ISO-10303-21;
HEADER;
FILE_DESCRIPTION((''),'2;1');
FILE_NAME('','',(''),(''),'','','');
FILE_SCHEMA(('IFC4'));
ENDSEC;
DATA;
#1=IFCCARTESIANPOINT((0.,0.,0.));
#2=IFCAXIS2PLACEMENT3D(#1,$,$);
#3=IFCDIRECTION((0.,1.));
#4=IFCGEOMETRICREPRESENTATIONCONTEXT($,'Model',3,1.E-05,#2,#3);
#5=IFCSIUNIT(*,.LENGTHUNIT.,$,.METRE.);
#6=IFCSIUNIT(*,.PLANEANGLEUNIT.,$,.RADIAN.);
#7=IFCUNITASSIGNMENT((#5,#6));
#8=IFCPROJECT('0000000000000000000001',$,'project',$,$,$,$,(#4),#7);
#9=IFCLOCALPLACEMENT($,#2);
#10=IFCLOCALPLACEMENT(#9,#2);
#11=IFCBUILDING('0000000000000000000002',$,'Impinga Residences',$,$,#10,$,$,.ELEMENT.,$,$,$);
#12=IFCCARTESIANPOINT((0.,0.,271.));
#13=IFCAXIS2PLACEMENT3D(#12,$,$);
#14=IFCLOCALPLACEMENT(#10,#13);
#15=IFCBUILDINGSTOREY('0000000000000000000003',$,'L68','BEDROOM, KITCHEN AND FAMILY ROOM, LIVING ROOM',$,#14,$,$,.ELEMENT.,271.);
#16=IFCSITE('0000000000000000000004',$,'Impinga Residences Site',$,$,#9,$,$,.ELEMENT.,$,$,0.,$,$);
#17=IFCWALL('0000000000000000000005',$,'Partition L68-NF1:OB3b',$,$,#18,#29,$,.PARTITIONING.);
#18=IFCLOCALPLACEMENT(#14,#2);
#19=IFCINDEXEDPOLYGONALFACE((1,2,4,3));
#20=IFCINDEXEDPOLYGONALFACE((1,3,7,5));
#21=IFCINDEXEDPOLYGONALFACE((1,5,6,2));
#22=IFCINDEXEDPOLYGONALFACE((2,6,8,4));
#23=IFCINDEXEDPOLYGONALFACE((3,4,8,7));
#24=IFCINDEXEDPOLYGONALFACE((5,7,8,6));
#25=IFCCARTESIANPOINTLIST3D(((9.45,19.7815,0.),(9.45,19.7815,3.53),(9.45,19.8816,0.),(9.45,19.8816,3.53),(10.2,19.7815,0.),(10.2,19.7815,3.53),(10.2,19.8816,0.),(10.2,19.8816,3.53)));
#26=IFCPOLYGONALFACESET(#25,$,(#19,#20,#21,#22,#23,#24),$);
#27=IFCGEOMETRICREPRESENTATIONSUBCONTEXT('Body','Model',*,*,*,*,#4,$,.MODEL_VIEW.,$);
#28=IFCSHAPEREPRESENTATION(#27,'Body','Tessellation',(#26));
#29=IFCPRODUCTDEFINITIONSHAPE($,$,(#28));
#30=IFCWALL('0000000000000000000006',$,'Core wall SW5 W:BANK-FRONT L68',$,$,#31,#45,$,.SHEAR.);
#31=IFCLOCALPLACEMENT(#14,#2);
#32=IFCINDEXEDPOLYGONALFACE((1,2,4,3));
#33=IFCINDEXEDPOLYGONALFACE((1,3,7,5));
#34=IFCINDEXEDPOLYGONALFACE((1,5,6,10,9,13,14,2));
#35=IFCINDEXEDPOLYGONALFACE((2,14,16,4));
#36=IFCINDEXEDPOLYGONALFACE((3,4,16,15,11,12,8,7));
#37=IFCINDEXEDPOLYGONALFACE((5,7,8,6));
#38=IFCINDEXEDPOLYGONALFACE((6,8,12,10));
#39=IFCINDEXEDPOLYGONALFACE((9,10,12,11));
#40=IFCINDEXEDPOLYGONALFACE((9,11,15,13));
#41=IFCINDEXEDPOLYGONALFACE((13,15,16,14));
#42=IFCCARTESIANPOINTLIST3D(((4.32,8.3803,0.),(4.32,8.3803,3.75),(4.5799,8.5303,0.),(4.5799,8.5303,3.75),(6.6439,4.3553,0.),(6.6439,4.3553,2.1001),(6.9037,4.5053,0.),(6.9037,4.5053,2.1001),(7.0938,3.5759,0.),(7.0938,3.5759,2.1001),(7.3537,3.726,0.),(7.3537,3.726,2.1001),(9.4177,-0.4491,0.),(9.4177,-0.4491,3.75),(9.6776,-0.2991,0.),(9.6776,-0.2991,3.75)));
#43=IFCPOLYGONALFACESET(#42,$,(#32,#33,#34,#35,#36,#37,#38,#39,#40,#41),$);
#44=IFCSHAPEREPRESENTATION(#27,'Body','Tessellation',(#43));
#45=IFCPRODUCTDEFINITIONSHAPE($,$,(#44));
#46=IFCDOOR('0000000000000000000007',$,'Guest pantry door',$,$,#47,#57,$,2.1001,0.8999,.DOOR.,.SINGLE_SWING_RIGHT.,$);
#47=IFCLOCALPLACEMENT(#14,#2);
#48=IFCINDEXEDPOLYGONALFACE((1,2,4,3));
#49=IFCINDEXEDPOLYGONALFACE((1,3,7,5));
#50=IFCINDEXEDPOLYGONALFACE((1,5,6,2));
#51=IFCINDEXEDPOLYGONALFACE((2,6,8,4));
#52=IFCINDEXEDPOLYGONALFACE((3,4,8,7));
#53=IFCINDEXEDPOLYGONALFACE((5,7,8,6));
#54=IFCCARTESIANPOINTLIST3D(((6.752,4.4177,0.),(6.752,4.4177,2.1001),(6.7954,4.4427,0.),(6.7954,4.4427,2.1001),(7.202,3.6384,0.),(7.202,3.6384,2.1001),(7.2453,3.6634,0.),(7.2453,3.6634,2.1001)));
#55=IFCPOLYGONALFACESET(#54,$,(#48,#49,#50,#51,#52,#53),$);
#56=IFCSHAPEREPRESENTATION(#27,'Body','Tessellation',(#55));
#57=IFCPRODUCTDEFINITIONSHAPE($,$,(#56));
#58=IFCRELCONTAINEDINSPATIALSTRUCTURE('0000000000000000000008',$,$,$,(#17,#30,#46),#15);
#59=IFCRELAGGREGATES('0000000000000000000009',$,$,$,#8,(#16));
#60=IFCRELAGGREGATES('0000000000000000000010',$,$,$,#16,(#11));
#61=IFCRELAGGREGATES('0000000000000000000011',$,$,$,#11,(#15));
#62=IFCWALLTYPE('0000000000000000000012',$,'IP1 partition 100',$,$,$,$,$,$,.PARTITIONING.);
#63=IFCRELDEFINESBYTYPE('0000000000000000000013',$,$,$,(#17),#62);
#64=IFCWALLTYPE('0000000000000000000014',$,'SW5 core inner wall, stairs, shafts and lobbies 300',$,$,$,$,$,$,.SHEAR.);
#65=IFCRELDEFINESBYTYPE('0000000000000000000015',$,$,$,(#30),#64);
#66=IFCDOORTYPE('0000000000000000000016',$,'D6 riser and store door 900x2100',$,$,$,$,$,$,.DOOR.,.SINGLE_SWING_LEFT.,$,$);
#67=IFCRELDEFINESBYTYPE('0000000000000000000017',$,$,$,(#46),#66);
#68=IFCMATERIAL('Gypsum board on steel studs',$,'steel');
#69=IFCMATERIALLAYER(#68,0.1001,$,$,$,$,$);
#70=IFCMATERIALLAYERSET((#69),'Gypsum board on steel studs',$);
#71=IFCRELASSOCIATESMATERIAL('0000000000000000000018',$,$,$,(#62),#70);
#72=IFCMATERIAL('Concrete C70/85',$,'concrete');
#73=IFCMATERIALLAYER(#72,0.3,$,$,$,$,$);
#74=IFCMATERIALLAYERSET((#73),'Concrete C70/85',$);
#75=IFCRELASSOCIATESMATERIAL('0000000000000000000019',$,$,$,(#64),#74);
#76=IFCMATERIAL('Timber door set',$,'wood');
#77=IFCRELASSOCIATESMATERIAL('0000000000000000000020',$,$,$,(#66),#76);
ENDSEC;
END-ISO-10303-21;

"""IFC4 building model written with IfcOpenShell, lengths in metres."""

from ifc_helpers import new_model, si_unit, direction, frame, frame_2d, origin, place, context, subcontext, project, spatial, rectangle, extrude, material, layer, layer_set, type_object, element, fill, save


model = new_model("IFC4")

# Units and contexts
model_context = context("Model", 3, precision=1e-05, world=origin(), true_north=direction((0.0, 1.0)))
body_context = subcontext(model_context, "Body", "Model", "MODEL_VIEW")
ifc_project = project(units=[si_unit("LENGTHUNIT", "METRE"), si_unit("PLANEANGLEUNIT", "RADIAN")], contexts=[model_context])

# Site, building, storey
site_placement = place(None, origin())
site = spatial("IfcSite", under=ifc_project, at=site_placement, Name="Impinga Residences Site", CompositionType="ELEMENT", RefElevation=0.0)
building_placement = place(site_placement, origin())
building = spatial("IfcBuilding", under=site, at=building_placement, Name="Impinga Residences", CompositionType="ELEMENT")
storey_placement = place(building_placement, frame((0.0, 0.0, 271.0)))
storey = spatial("IfcBuildingStorey", under=building, at=storey_placement, Name="L68", Description="BEDROOM, KITCHEN AND FAMILY ROOM, LIVING ROOM", CompositionType="ELEMENT", Elevation=271.0)

# Shared definitions
ifc_material_1 = material(Name="Timber door set", Category="wood")

# Shared definitions
ifc_material_2 = material(Name="Gypsum board on steel studs", Category="steel")
ifc_layer_1 = layer(ifc_material_2, 0.1001)
ifc_layer_set_1 = layer_set([ifc_layer_1], Name="Gypsum board on steel studs")
wall_type_1 = type_object("IfcWallType", Name="IP1 partition 100", PredefinedType="PARTITIONING", material=ifc_layer_set_1)

# Wall
wall_1_placement = place(storey_placement, frame((9.45, 19.8315, 0.0), z_axis=(0.0, 0.0, 1.0), x_axis=(1.0, 0.0, 0.0)))
element("IfcWall", 1, at=wall_1_placement, inside=storey, type_object=wall_type_1, Name="Partition L68-NF1:OB3b", PredefinedType="PARTITIONING", context=body_context, shape_type="SweptSolid", body=[
    extrude(rectangle(XDim=0.75, YDim=0.1001, at=frame_2d((0.375, 0.0))), origin(), (0.0, 0.0, 1.0), 3.53),
])

# Wall, opening, door
ifc_material_3 = material(Name="Concrete C70/85", Category="concrete")
ifc_layer_2 = layer(ifc_material_3, 0.3)
ifc_layer_set_2 = layer_set([ifc_layer_2], Name="Concrete C70/85")
wall_type_2 = type_object("IfcWallType", Name="SW5 core inner wall, stairs, shafts and lobbies 300", PredefinedType="SHEAR", material=ifc_layer_set_2)
wall_2_placement = place(storey_placement, frame((4.45, 8.4553, 0.0), z_axis=(0.0, 0.0, 1.0), x_axis=(0.500002, -0.866024, 0.0)))
wall_2 = element("IfcWall", 2, at=wall_2_placement, inside=storey, type_object=wall_type_2, Name="Core wall SW5 W:BANK-FRONT L68", PredefinedType="SHEAR", context=body_context, shape_type="SweptSolid", body=[
    extrude(rectangle(XDim=10.1953, YDim=0.3, at=frame_2d((5.0977, 0.0))), origin(), (0.0, 0.0, 1.0), 3.75),
])
opening_1_placement = place(wall_2_placement, frame((4.6477, 0.0, 0.0)))
opening_1 = element("IfcOpeningElement", 3, at=opening_1_placement, cuts=wall_2, PredefinedType="OPENING", context=body_context, shape_type="SweptSolid", body=[
    extrude(rectangle(XDim=0.8999, YDim=2.1001, at=frame_2d((0.45, 1.05))), frame((0.0, 0.1599, 0.0), z_axis=(0.0, -1.0, 0.0), x_axis=(1.0, 0.0, 0.0)), (0.0, 0.0, 1.0), 0.3201),
])
door_type_1 = type_object("IfcDoorType", Name="D6 riser and store door 900x2100", OperationType="SINGLE_SWING_LEFT", PredefinedType="DOOR", material=ifc_material_1)
door_1_placement = place(opening_1_placement, origin())
door_1 = element("IfcDoor", 4, at=door_1_placement, inside=storey, type_object=door_type_1, Name="Guest pantry door", OperationType="SINGLE_SWING_RIGHT", OverallHeight=2.1001, OverallWidth=0.8999, PredefinedType="DOOR", context=body_context, shape_type="SweptSolid", body=[
    extrude(rectangle(XDim=0.8999, YDim=2.1001, at=frame_2d((0.45, 1.05))), frame((0.0, 0.0249, 0.0), z_axis=(0.0, -1.0, 0.0), x_axis=(1.0, 0.0, 0.0)), (0.0, 0.0, 1.0), 0.05),
])
fill(opening_1, door_1)

save(model, "model.ifc")
